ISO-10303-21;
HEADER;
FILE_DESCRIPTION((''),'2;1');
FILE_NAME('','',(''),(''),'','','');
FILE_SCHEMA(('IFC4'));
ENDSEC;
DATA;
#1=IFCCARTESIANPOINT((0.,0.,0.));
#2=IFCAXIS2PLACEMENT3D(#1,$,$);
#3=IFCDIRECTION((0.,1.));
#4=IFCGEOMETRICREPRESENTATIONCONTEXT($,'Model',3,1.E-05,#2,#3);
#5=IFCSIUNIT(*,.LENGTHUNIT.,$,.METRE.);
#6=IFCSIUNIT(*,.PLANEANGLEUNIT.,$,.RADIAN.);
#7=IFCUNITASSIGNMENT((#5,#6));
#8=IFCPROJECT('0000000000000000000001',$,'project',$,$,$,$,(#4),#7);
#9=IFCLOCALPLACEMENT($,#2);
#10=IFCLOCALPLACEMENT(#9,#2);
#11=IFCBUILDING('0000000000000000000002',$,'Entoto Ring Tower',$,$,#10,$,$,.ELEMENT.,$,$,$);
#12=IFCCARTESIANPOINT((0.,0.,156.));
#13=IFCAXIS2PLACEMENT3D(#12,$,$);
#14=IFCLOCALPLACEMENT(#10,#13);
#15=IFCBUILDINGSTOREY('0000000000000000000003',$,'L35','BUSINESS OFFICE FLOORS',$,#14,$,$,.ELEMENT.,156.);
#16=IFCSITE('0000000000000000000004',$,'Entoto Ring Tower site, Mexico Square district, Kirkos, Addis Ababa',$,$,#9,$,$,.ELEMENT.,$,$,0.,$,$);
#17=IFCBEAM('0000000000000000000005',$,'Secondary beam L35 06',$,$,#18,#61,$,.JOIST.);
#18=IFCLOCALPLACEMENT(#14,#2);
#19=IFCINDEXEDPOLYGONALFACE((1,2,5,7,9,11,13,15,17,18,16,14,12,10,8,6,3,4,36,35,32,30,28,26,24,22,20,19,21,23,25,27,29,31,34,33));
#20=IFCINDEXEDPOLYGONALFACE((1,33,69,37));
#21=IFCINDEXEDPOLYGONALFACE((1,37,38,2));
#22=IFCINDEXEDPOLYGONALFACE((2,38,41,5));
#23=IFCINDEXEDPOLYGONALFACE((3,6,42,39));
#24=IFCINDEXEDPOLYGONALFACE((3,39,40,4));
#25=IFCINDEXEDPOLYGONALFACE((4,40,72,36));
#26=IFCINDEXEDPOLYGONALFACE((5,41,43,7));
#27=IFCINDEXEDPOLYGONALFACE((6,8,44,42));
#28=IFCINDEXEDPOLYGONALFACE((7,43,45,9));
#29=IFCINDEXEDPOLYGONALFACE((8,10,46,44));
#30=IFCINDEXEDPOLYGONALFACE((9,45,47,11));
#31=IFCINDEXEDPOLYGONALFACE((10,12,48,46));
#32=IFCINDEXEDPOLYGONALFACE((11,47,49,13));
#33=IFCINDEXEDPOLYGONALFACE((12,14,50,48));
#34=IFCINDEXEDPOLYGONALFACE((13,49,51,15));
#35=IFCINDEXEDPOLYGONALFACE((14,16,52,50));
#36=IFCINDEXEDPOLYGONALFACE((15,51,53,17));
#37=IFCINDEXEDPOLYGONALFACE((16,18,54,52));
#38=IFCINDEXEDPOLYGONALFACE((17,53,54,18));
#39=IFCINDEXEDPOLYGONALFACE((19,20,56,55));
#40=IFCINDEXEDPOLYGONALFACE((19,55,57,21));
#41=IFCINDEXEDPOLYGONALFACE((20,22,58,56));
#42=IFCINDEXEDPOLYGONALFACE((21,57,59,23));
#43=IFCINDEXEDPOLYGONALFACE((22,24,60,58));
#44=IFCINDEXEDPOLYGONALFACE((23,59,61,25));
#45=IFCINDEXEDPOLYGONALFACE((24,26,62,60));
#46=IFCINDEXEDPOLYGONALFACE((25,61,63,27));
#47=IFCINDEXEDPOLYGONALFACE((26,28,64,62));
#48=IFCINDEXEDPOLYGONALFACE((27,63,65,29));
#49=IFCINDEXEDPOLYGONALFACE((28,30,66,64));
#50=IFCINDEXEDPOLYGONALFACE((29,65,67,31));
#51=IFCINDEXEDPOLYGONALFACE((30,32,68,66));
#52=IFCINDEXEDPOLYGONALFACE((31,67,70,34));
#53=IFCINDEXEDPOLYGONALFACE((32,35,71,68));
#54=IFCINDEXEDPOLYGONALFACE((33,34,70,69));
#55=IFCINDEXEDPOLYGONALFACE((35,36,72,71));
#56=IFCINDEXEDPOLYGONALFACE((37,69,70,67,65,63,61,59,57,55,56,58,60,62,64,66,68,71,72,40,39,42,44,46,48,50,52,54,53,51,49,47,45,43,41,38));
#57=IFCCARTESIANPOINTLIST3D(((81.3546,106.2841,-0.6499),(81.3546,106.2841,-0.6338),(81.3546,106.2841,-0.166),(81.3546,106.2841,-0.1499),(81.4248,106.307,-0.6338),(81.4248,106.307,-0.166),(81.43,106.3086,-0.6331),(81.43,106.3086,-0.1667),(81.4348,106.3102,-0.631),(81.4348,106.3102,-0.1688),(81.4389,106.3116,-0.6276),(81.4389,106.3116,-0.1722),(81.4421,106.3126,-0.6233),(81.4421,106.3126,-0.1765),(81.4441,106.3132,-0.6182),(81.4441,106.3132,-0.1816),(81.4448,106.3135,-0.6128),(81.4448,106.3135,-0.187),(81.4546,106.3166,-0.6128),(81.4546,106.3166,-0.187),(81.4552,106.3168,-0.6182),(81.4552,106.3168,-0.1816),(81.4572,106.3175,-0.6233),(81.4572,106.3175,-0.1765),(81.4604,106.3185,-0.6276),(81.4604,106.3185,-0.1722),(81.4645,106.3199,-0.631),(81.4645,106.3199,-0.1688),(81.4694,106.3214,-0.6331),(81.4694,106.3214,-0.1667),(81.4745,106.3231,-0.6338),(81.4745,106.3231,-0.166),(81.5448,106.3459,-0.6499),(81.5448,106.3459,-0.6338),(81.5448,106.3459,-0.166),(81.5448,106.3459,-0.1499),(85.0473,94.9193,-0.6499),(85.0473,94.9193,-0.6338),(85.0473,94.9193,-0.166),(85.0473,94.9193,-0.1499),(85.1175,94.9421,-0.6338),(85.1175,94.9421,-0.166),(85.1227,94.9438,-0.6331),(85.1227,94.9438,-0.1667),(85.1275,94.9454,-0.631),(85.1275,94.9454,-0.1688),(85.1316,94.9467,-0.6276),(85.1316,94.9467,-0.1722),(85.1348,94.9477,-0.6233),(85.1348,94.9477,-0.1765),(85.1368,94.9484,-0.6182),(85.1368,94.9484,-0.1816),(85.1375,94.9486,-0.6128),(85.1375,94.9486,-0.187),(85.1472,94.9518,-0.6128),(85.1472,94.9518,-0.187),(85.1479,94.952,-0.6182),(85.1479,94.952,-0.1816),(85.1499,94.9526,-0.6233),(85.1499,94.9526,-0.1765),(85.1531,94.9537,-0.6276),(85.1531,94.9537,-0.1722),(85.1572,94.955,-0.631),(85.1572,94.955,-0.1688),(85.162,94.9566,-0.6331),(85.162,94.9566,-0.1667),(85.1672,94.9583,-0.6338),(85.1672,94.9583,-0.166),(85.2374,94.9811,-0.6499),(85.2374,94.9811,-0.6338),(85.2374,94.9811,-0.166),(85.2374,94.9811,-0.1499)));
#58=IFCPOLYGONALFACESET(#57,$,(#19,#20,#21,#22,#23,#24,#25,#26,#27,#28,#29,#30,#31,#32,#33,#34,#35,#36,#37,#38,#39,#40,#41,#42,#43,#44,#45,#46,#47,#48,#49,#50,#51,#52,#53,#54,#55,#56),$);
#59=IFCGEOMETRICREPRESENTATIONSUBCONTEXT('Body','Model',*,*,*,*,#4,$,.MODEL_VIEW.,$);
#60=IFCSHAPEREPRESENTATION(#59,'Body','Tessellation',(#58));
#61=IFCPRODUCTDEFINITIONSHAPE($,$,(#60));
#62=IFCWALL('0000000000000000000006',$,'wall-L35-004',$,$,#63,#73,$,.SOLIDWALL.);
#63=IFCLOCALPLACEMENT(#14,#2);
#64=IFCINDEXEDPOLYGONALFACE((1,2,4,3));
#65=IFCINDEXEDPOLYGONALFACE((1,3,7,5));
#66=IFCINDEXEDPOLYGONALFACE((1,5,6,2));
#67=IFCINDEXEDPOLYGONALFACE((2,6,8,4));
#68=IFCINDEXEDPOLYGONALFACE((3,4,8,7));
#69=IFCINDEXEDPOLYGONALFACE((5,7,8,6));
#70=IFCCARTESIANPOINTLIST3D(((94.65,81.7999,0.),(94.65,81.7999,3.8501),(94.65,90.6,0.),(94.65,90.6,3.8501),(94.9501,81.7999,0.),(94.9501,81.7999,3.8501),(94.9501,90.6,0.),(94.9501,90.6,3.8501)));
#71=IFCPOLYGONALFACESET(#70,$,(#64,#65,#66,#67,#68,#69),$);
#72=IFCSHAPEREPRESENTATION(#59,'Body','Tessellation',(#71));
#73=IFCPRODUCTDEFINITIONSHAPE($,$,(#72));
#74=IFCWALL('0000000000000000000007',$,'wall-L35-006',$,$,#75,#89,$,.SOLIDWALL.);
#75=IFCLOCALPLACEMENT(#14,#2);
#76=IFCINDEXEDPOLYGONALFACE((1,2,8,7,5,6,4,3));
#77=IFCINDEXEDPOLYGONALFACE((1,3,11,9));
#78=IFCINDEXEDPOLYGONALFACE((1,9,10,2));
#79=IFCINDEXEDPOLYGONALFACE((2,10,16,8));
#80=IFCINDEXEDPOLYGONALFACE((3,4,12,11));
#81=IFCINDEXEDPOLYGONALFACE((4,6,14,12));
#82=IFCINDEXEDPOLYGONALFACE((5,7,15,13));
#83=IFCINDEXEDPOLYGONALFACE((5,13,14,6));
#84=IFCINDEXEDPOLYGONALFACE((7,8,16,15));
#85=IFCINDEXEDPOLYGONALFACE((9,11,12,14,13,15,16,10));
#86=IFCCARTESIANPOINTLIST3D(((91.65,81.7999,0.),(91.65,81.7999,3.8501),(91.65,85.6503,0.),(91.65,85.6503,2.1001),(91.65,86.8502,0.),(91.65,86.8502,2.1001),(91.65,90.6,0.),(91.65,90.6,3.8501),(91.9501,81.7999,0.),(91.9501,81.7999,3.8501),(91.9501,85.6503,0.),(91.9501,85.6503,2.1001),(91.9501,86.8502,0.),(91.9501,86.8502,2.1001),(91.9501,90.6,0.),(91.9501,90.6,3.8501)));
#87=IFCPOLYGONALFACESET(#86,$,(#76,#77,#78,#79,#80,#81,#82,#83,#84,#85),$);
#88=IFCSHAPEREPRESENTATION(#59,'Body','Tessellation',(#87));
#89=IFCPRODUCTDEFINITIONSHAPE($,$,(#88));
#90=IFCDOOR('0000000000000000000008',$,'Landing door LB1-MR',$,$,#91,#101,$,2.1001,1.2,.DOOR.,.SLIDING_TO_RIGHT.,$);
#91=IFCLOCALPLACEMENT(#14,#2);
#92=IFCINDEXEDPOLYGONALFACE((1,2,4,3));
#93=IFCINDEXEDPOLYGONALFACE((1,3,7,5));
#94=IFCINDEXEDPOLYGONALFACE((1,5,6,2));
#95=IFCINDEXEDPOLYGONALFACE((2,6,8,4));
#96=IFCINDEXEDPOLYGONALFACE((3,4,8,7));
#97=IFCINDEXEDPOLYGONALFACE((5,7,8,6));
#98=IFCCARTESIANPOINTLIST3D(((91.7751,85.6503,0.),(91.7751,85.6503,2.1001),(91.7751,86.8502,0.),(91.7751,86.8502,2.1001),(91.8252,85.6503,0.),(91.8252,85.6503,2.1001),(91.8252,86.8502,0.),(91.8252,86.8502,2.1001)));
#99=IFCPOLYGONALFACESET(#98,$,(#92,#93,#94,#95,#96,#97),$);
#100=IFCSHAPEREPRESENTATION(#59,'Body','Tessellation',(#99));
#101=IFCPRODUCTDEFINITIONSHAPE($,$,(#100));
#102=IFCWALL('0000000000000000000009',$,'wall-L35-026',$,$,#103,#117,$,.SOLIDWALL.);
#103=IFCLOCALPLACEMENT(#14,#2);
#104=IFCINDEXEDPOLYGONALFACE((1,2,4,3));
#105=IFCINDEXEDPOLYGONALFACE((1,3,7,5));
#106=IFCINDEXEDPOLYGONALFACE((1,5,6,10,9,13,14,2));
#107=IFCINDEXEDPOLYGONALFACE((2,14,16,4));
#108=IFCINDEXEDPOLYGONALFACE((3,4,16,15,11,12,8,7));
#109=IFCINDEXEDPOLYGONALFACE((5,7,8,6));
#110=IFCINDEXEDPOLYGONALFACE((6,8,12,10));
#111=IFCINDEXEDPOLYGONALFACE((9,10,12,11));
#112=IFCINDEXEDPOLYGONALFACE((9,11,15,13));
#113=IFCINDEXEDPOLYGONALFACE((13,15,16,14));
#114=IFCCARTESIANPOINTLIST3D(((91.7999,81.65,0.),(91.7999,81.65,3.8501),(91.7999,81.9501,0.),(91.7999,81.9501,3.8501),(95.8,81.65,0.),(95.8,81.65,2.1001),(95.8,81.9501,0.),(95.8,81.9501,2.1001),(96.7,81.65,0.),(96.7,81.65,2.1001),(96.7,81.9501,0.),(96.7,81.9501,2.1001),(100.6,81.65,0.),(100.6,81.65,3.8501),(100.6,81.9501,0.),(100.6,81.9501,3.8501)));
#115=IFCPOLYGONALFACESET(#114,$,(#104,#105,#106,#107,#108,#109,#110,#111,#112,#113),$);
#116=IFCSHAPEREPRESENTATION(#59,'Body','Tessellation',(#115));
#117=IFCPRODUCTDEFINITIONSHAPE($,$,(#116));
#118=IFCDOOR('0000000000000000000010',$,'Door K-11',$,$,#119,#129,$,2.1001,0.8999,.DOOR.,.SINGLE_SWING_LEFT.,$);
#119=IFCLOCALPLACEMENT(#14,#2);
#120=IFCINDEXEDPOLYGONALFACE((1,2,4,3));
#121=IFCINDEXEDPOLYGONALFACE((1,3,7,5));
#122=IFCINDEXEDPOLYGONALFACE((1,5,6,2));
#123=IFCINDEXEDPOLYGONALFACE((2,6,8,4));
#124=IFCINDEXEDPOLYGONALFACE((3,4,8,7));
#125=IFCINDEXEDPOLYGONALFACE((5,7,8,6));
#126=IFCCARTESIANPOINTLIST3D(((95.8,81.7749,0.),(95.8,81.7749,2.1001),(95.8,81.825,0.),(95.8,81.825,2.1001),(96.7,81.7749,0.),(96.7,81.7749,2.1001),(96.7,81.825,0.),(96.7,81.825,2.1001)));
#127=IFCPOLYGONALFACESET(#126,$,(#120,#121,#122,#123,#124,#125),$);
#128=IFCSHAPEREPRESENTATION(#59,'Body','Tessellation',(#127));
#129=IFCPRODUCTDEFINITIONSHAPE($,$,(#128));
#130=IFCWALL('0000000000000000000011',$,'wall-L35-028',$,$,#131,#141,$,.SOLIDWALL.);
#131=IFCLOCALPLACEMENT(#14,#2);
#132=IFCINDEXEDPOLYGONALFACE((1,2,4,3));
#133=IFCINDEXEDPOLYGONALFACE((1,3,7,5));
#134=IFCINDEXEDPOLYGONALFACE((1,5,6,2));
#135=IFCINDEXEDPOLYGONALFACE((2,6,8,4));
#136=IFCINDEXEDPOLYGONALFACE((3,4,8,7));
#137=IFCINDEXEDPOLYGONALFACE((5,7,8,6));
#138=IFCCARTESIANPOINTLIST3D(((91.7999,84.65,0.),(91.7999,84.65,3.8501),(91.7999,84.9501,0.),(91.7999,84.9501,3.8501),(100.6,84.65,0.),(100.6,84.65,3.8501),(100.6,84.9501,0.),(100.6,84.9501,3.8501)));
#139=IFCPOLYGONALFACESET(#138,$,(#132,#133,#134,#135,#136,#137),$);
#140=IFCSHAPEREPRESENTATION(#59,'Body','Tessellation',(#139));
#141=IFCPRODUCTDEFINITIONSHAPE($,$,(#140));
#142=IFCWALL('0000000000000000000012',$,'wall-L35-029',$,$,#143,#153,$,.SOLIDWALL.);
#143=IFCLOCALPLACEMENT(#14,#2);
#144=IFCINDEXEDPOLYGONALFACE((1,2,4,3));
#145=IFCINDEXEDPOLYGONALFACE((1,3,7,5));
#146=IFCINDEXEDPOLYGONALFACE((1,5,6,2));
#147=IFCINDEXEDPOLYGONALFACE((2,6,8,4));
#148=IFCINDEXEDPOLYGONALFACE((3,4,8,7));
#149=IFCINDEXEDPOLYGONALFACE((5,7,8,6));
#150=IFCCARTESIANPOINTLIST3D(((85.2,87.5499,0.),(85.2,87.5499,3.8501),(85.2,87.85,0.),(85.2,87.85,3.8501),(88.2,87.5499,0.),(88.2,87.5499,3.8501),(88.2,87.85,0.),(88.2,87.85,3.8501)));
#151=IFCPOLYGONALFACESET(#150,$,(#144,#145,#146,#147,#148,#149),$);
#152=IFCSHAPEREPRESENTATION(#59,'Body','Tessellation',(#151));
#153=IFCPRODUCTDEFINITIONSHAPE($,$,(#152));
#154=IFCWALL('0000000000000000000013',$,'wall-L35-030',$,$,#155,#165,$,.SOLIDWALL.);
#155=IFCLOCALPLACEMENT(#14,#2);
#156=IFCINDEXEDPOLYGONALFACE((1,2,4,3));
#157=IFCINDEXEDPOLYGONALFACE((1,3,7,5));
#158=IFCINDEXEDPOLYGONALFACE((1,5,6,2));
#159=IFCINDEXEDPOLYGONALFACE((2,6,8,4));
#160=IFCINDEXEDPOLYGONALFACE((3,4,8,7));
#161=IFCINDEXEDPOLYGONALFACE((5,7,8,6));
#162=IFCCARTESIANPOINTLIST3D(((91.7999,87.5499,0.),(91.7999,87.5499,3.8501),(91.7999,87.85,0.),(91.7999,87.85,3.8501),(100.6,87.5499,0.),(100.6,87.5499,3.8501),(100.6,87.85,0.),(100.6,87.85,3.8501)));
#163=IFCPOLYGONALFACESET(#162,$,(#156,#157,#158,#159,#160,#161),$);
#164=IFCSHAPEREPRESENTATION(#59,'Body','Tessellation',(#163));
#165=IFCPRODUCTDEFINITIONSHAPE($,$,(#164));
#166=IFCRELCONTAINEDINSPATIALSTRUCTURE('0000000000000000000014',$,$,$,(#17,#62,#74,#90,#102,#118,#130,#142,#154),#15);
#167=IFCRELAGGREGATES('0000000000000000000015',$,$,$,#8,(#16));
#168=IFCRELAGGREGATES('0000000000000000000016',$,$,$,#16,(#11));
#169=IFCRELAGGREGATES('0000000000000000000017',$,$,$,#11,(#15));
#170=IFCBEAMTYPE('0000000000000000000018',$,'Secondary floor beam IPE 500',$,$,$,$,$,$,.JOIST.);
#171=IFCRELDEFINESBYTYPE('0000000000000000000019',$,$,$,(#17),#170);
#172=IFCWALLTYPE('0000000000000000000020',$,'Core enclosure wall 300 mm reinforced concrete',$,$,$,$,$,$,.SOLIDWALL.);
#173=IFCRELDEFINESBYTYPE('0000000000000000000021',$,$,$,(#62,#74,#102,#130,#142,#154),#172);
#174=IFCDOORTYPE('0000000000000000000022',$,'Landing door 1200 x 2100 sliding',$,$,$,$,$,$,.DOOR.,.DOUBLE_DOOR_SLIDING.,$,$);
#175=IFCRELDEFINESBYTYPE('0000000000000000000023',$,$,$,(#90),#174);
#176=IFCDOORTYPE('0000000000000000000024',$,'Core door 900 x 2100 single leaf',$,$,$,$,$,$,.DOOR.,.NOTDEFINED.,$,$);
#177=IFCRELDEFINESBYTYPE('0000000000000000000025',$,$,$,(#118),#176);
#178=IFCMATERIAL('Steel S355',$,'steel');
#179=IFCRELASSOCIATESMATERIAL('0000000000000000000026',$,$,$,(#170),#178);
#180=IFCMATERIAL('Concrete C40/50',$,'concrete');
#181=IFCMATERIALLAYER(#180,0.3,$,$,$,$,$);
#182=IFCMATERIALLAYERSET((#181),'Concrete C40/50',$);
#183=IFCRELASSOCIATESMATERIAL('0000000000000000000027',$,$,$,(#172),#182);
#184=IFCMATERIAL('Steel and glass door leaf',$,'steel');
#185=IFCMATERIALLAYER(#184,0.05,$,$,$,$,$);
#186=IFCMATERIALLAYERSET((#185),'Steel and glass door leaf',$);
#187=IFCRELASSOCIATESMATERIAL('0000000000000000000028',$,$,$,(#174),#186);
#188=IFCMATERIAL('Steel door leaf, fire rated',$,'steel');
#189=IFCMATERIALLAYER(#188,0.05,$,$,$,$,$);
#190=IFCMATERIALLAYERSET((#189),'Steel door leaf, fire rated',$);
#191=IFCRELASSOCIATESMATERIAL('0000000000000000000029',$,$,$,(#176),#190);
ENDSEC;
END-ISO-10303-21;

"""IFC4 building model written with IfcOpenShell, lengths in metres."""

from ifc_helpers import new_model, si_unit, direction, frame, frame_2d, origin, origin_2d, place, context, subcontext, project, spatial, rectangle, i_section, extrude, material, layer, layer_set, material_profile, profile_set, type_object, element, fill, save


model = new_model("IFC4")

# Units and contexts
model_context = context("Model", 3, precision=1e-05, world=origin(), true_north=direction((0.0, 1.0)))
body_context = subcontext(model_context, "Body", "Model", "MODEL_VIEW")
ifc_project = project(units=[si_unit("LENGTHUNIT", "METRE"), si_unit("PLANEANGLEUNIT", "RADIAN")], contexts=[model_context])

# Site, building, storey
site_placement = place(None, origin())
site = spatial("IfcSite", under=ifc_project, at=site_placement, Name="Entoto Ring Tower site, Mexico Square district, Kirkos, Addis Ababa", CompositionType="ELEMENT", RefElevation=0.0)
building_placement = place(site_placement, origin())
building = spatial("IfcBuilding", under=site, at=building_placement, Name="Entoto Ring Tower", CompositionType="ELEMENT")
storey_placement = place(building_placement, frame((0.0, 0.0, 156.0)))
storey = spatial("IfcBuildingStorey", under=building, at=storey_placement, Name="L35", Description="BUSINESS OFFICE FLOORS", CompositionType="ELEMENT", Elevation=156.0)

# Beam
ifc_material_1 = material(Name="Steel S355", Category="steel")
ifc_material_profile_1 = material_profile(ifc_material_1, i_section(OverallWidth=0.2, OverallDepth=0.5, WebThickness=0.0103, FlangeThickness=0.0161, FilletRadius=0.021, at=origin_2d()), Name="IPE 500")
ifc_profile_set_1 = profile_set([ifc_material_profile_1], Name="Steel S355")
beam_type_1 = type_object("IfcBeamType", Name="Secondary floor beam IPE 500", PredefinedType="JOIST", material=ifc_profile_set_1)
beam_1_placement = place(storey_placement, frame((85.1423, 94.9502, -0.3999), z_axis=(-0.309017, 0.951057, 0.0), x_axis=(-0.951057, -0.309017, 0.0)))
element("IfcBeam", 1, at=beam_1_placement, inside=storey, type_object=beam_type_1, Name="Secondary beam L35 06", PredefinedType="JOIST", context=body_context, shape_type="SweptSolid", body=[
    extrude(i_section(OverallWidth=0.2, OverallDepth=0.5, WebThickness=0.0103, FlangeThickness=0.0161, FilletRadius=0.021, at=origin_2d()), origin(), (0.0, 0.0, 1.0), 11.9497),
])

# Wall
ifc_material_2 = material(Name="Concrete C40/50", Category="concrete")
ifc_layer_1 = layer(ifc_material_2, 0.3)
ifc_layer_set_1 = layer_set([ifc_layer_1], Name="Concrete C40/50")
wall_type_1 = type_object("IfcWallType", Name="Core enclosure wall 300 mm reinforced concrete", PredefinedType="SOLIDWALL", material=ifc_layer_set_1)
wall_1_placement = place(storey_placement, frame((94.8, 81.8, 0.0), z_axis=(0.0, 0.0, 1.0), x_axis=(0.0, 1.0, 0.0)))
element("IfcWall", 2, at=wall_1_placement, inside=storey, type_object=wall_type_1, Name="wall-L35-004", PredefinedType="SOLIDWALL", context=body_context, shape_type="SweptSolid", body=[
    extrude(rectangle(XDim=8.8, YDim=0.3, at=frame_2d((4.3999, 0.0))), origin(), (0.0, 0.0, 1.0), 3.8501),
])

# Walls, openings, doors
wall_2_placement = place(storey_placement, frame((91.8, 81.8, 0.0), z_axis=(0.0, 0.0, 1.0), x_axis=(0.0, 1.0, 0.0)))
wall_2 = element("IfcWall", 3, at=wall_2_placement, inside=storey, type_object=wall_type_1, Name="wall-L35-006", PredefinedType="SOLIDWALL", context=body_context, shape_type="SweptSolid", body=[
    extrude(rectangle(XDim=8.8, YDim=0.3, at=frame_2d((4.3999, 0.0))), origin(), (0.0, 0.0, 1.0), 3.8501),
])
opening_1_placement = place(wall_2_placement, frame((3.8501, 0.0, 0.0)))
opening_1 = element("IfcOpeningElement", 4, at=opening_1_placement, cuts=wall_2, PredefinedType="OPENING", context=body_context, shape_type="SweptSolid", body=[
    extrude(rectangle(XDim=1.2, YDim=2.1001, at=frame_2d((0.6001, 1.05))), frame((0.0, 0.1602, 0.0), z_axis=(0.0, -1.0, 0.0), x_axis=(1.0, 0.0, 0.0)), (0.0, 0.0, 1.0), 0.3201),
])
ifc_material_3 = material(Name="Steel and glass door leaf", Category="steel")
ifc_layer_2 = layer(ifc_material_3, 0.05)
ifc_layer_set_2 = layer_set([ifc_layer_2], Name="Steel and glass door leaf")
door_type_1 = type_object("IfcDoorType", Name="Landing door 1200 x 2100 sliding", OperationType="DOUBLE_DOOR_SLIDING", PredefinedType="DOOR", material=ifc_layer_set_2)
door_1_placement = place(opening_1_placement, origin())
door_1 = element("IfcDoor", 5, at=door_1_placement, inside=storey, type_object=door_type_1, Name="Landing door LB1-MR", OperationType="SLIDING_TO_RIGHT", OverallHeight=2.1001, OverallWidth=1.2, PredefinedType="DOOR", context=body_context, shape_type="SweptSolid", body=[
    extrude(rectangle(XDim=1.2, YDim=2.1001, at=frame_2d((0.6001, 1.05))), frame((0.0, 0.0249, 0.0), z_axis=(0.0, -1.0, 0.0), x_axis=(1.0, 0.0, 0.0)), (0.0, 0.0, 1.0), 0.05),
])
fill(opening_1, door_1)
wall_3_placement = place(storey_placement, frame((91.8, 81.8, 0.0), z_axis=(0.0, 0.0, 1.0), x_axis=(1.0, 0.0, 0.0)))
wall_3 = element("IfcWall", 6, at=wall_3_placement, inside=storey, type_object=wall_type_1, Name="wall-L35-026", PredefinedType="SOLIDWALL", context=body_context, shape_type="SweptSolid", body=[
    extrude(rectangle(XDim=8.8, YDim=0.3, at=frame_2d((4.3999, 0.0))), origin(), (0.0, 0.0, 1.0), 3.8501),
])
opening_2_placement = place(wall_3_placement, frame((4.0, 0.0, 0.0)))
opening_2 = element("IfcOpeningElement", 7, at=opening_2_placement, cuts=wall_3, PredefinedType="OPENING", context=body_context, shape_type="SweptSolid", body=[
    extrude(rectangle(XDim=0.8999, YDim=2.1001, at=frame_2d((0.45, 1.05))), frame((0.0, 0.1602, 0.0), z_axis=(0.0, -1.0, 0.0), x_axis=(1.0, 0.0, 0.0)), (0.0, 0.0, 1.0), 0.3201),
])
ifc_material_4 = material(Name="Steel door leaf, fire rated", Category="steel")
ifc_layer_3 = layer(ifc_material_4, 0.05)
ifc_layer_set_3 = layer_set([ifc_layer_3], Name="Steel door leaf, fire rated")
door_type_2 = type_object("IfcDoorType", Name="Core door 900 x 2100 single leaf", OperationType="NOTDEFINED", PredefinedType="DOOR", material=ifc_layer_set_3)
door_2_placement = place(opening_2_placement, origin())
door_2 = element("IfcDoor", 8, at=door_2_placement, inside=storey, type_object=door_type_2, Name="Door K-11", OperationType="SINGLE_SWING_LEFT", OverallHeight=2.1001, OverallWidth=0.8999, PredefinedType="DOOR", context=body_context, shape_type="SweptSolid", body=[
    extrude(rectangle(XDim=0.8999, YDim=2.1001, at=frame_2d((0.45, 1.05))), frame((0.0, 0.0249, 0.0), z_axis=(0.0, -1.0, 0.0), x_axis=(1.0, 0.0, 0.0)), (0.0, 0.0, 1.0), 0.05),
])
fill(opening_2, door_2)

# Walls
wall_4_placement = place(storey_placement, frame((91.8, 84.8, 0.0), z_axis=(0.0, 0.0, 1.0), x_axis=(1.0, 0.0, 0.0)))
element("IfcWall", 9, at=wall_4_placement, inside=storey, type_object=wall_type_1, Name="wall-L35-028", PredefinedType="SOLIDWALL", context=body_context, shape_type="SweptSolid", body=[
    extrude(rectangle(XDim=8.8, YDim=0.3, at=frame_2d((4.3999, 0.0))), origin(), (0.0, 0.0, 1.0), 3.8501),
])
wall_5_placement = place(storey_placement, frame((85.2, 87.7, 0.0), z_axis=(0.0, 0.0, 1.0), x_axis=(1.0, 0.0, 0.0)))
element("IfcWall", 10, at=wall_5_placement, inside=storey, type_object=wall_type_1, Name="wall-L35-029", PredefinedType="SOLIDWALL", context=body_context, shape_type="SweptSolid", body=[
    extrude(rectangle(XDim=3.0, YDim=0.3, at=frame_2d((1.5, 0.0))), origin(), (0.0, 0.0, 1.0), 3.8501),
])
wall_6_placement = place(storey_placement, frame((91.8, 87.7, 0.0), z_axis=(0.0, 0.0, 1.0), x_axis=(1.0, 0.0, 0.0)))
element("IfcWall", 11, at=wall_6_placement, inside=storey, type_object=wall_type_1, Name="wall-L35-030", PredefinedType="SOLIDWALL", context=body_context, shape_type="SweptSolid", body=[
    extrude(rectangle(XDim=8.8, YDim=0.3, at=frame_2d((4.3999, 0.0))), origin(), (0.0, 0.0, 1.0), 3.8501),
])

save(model, "model.ifc")
